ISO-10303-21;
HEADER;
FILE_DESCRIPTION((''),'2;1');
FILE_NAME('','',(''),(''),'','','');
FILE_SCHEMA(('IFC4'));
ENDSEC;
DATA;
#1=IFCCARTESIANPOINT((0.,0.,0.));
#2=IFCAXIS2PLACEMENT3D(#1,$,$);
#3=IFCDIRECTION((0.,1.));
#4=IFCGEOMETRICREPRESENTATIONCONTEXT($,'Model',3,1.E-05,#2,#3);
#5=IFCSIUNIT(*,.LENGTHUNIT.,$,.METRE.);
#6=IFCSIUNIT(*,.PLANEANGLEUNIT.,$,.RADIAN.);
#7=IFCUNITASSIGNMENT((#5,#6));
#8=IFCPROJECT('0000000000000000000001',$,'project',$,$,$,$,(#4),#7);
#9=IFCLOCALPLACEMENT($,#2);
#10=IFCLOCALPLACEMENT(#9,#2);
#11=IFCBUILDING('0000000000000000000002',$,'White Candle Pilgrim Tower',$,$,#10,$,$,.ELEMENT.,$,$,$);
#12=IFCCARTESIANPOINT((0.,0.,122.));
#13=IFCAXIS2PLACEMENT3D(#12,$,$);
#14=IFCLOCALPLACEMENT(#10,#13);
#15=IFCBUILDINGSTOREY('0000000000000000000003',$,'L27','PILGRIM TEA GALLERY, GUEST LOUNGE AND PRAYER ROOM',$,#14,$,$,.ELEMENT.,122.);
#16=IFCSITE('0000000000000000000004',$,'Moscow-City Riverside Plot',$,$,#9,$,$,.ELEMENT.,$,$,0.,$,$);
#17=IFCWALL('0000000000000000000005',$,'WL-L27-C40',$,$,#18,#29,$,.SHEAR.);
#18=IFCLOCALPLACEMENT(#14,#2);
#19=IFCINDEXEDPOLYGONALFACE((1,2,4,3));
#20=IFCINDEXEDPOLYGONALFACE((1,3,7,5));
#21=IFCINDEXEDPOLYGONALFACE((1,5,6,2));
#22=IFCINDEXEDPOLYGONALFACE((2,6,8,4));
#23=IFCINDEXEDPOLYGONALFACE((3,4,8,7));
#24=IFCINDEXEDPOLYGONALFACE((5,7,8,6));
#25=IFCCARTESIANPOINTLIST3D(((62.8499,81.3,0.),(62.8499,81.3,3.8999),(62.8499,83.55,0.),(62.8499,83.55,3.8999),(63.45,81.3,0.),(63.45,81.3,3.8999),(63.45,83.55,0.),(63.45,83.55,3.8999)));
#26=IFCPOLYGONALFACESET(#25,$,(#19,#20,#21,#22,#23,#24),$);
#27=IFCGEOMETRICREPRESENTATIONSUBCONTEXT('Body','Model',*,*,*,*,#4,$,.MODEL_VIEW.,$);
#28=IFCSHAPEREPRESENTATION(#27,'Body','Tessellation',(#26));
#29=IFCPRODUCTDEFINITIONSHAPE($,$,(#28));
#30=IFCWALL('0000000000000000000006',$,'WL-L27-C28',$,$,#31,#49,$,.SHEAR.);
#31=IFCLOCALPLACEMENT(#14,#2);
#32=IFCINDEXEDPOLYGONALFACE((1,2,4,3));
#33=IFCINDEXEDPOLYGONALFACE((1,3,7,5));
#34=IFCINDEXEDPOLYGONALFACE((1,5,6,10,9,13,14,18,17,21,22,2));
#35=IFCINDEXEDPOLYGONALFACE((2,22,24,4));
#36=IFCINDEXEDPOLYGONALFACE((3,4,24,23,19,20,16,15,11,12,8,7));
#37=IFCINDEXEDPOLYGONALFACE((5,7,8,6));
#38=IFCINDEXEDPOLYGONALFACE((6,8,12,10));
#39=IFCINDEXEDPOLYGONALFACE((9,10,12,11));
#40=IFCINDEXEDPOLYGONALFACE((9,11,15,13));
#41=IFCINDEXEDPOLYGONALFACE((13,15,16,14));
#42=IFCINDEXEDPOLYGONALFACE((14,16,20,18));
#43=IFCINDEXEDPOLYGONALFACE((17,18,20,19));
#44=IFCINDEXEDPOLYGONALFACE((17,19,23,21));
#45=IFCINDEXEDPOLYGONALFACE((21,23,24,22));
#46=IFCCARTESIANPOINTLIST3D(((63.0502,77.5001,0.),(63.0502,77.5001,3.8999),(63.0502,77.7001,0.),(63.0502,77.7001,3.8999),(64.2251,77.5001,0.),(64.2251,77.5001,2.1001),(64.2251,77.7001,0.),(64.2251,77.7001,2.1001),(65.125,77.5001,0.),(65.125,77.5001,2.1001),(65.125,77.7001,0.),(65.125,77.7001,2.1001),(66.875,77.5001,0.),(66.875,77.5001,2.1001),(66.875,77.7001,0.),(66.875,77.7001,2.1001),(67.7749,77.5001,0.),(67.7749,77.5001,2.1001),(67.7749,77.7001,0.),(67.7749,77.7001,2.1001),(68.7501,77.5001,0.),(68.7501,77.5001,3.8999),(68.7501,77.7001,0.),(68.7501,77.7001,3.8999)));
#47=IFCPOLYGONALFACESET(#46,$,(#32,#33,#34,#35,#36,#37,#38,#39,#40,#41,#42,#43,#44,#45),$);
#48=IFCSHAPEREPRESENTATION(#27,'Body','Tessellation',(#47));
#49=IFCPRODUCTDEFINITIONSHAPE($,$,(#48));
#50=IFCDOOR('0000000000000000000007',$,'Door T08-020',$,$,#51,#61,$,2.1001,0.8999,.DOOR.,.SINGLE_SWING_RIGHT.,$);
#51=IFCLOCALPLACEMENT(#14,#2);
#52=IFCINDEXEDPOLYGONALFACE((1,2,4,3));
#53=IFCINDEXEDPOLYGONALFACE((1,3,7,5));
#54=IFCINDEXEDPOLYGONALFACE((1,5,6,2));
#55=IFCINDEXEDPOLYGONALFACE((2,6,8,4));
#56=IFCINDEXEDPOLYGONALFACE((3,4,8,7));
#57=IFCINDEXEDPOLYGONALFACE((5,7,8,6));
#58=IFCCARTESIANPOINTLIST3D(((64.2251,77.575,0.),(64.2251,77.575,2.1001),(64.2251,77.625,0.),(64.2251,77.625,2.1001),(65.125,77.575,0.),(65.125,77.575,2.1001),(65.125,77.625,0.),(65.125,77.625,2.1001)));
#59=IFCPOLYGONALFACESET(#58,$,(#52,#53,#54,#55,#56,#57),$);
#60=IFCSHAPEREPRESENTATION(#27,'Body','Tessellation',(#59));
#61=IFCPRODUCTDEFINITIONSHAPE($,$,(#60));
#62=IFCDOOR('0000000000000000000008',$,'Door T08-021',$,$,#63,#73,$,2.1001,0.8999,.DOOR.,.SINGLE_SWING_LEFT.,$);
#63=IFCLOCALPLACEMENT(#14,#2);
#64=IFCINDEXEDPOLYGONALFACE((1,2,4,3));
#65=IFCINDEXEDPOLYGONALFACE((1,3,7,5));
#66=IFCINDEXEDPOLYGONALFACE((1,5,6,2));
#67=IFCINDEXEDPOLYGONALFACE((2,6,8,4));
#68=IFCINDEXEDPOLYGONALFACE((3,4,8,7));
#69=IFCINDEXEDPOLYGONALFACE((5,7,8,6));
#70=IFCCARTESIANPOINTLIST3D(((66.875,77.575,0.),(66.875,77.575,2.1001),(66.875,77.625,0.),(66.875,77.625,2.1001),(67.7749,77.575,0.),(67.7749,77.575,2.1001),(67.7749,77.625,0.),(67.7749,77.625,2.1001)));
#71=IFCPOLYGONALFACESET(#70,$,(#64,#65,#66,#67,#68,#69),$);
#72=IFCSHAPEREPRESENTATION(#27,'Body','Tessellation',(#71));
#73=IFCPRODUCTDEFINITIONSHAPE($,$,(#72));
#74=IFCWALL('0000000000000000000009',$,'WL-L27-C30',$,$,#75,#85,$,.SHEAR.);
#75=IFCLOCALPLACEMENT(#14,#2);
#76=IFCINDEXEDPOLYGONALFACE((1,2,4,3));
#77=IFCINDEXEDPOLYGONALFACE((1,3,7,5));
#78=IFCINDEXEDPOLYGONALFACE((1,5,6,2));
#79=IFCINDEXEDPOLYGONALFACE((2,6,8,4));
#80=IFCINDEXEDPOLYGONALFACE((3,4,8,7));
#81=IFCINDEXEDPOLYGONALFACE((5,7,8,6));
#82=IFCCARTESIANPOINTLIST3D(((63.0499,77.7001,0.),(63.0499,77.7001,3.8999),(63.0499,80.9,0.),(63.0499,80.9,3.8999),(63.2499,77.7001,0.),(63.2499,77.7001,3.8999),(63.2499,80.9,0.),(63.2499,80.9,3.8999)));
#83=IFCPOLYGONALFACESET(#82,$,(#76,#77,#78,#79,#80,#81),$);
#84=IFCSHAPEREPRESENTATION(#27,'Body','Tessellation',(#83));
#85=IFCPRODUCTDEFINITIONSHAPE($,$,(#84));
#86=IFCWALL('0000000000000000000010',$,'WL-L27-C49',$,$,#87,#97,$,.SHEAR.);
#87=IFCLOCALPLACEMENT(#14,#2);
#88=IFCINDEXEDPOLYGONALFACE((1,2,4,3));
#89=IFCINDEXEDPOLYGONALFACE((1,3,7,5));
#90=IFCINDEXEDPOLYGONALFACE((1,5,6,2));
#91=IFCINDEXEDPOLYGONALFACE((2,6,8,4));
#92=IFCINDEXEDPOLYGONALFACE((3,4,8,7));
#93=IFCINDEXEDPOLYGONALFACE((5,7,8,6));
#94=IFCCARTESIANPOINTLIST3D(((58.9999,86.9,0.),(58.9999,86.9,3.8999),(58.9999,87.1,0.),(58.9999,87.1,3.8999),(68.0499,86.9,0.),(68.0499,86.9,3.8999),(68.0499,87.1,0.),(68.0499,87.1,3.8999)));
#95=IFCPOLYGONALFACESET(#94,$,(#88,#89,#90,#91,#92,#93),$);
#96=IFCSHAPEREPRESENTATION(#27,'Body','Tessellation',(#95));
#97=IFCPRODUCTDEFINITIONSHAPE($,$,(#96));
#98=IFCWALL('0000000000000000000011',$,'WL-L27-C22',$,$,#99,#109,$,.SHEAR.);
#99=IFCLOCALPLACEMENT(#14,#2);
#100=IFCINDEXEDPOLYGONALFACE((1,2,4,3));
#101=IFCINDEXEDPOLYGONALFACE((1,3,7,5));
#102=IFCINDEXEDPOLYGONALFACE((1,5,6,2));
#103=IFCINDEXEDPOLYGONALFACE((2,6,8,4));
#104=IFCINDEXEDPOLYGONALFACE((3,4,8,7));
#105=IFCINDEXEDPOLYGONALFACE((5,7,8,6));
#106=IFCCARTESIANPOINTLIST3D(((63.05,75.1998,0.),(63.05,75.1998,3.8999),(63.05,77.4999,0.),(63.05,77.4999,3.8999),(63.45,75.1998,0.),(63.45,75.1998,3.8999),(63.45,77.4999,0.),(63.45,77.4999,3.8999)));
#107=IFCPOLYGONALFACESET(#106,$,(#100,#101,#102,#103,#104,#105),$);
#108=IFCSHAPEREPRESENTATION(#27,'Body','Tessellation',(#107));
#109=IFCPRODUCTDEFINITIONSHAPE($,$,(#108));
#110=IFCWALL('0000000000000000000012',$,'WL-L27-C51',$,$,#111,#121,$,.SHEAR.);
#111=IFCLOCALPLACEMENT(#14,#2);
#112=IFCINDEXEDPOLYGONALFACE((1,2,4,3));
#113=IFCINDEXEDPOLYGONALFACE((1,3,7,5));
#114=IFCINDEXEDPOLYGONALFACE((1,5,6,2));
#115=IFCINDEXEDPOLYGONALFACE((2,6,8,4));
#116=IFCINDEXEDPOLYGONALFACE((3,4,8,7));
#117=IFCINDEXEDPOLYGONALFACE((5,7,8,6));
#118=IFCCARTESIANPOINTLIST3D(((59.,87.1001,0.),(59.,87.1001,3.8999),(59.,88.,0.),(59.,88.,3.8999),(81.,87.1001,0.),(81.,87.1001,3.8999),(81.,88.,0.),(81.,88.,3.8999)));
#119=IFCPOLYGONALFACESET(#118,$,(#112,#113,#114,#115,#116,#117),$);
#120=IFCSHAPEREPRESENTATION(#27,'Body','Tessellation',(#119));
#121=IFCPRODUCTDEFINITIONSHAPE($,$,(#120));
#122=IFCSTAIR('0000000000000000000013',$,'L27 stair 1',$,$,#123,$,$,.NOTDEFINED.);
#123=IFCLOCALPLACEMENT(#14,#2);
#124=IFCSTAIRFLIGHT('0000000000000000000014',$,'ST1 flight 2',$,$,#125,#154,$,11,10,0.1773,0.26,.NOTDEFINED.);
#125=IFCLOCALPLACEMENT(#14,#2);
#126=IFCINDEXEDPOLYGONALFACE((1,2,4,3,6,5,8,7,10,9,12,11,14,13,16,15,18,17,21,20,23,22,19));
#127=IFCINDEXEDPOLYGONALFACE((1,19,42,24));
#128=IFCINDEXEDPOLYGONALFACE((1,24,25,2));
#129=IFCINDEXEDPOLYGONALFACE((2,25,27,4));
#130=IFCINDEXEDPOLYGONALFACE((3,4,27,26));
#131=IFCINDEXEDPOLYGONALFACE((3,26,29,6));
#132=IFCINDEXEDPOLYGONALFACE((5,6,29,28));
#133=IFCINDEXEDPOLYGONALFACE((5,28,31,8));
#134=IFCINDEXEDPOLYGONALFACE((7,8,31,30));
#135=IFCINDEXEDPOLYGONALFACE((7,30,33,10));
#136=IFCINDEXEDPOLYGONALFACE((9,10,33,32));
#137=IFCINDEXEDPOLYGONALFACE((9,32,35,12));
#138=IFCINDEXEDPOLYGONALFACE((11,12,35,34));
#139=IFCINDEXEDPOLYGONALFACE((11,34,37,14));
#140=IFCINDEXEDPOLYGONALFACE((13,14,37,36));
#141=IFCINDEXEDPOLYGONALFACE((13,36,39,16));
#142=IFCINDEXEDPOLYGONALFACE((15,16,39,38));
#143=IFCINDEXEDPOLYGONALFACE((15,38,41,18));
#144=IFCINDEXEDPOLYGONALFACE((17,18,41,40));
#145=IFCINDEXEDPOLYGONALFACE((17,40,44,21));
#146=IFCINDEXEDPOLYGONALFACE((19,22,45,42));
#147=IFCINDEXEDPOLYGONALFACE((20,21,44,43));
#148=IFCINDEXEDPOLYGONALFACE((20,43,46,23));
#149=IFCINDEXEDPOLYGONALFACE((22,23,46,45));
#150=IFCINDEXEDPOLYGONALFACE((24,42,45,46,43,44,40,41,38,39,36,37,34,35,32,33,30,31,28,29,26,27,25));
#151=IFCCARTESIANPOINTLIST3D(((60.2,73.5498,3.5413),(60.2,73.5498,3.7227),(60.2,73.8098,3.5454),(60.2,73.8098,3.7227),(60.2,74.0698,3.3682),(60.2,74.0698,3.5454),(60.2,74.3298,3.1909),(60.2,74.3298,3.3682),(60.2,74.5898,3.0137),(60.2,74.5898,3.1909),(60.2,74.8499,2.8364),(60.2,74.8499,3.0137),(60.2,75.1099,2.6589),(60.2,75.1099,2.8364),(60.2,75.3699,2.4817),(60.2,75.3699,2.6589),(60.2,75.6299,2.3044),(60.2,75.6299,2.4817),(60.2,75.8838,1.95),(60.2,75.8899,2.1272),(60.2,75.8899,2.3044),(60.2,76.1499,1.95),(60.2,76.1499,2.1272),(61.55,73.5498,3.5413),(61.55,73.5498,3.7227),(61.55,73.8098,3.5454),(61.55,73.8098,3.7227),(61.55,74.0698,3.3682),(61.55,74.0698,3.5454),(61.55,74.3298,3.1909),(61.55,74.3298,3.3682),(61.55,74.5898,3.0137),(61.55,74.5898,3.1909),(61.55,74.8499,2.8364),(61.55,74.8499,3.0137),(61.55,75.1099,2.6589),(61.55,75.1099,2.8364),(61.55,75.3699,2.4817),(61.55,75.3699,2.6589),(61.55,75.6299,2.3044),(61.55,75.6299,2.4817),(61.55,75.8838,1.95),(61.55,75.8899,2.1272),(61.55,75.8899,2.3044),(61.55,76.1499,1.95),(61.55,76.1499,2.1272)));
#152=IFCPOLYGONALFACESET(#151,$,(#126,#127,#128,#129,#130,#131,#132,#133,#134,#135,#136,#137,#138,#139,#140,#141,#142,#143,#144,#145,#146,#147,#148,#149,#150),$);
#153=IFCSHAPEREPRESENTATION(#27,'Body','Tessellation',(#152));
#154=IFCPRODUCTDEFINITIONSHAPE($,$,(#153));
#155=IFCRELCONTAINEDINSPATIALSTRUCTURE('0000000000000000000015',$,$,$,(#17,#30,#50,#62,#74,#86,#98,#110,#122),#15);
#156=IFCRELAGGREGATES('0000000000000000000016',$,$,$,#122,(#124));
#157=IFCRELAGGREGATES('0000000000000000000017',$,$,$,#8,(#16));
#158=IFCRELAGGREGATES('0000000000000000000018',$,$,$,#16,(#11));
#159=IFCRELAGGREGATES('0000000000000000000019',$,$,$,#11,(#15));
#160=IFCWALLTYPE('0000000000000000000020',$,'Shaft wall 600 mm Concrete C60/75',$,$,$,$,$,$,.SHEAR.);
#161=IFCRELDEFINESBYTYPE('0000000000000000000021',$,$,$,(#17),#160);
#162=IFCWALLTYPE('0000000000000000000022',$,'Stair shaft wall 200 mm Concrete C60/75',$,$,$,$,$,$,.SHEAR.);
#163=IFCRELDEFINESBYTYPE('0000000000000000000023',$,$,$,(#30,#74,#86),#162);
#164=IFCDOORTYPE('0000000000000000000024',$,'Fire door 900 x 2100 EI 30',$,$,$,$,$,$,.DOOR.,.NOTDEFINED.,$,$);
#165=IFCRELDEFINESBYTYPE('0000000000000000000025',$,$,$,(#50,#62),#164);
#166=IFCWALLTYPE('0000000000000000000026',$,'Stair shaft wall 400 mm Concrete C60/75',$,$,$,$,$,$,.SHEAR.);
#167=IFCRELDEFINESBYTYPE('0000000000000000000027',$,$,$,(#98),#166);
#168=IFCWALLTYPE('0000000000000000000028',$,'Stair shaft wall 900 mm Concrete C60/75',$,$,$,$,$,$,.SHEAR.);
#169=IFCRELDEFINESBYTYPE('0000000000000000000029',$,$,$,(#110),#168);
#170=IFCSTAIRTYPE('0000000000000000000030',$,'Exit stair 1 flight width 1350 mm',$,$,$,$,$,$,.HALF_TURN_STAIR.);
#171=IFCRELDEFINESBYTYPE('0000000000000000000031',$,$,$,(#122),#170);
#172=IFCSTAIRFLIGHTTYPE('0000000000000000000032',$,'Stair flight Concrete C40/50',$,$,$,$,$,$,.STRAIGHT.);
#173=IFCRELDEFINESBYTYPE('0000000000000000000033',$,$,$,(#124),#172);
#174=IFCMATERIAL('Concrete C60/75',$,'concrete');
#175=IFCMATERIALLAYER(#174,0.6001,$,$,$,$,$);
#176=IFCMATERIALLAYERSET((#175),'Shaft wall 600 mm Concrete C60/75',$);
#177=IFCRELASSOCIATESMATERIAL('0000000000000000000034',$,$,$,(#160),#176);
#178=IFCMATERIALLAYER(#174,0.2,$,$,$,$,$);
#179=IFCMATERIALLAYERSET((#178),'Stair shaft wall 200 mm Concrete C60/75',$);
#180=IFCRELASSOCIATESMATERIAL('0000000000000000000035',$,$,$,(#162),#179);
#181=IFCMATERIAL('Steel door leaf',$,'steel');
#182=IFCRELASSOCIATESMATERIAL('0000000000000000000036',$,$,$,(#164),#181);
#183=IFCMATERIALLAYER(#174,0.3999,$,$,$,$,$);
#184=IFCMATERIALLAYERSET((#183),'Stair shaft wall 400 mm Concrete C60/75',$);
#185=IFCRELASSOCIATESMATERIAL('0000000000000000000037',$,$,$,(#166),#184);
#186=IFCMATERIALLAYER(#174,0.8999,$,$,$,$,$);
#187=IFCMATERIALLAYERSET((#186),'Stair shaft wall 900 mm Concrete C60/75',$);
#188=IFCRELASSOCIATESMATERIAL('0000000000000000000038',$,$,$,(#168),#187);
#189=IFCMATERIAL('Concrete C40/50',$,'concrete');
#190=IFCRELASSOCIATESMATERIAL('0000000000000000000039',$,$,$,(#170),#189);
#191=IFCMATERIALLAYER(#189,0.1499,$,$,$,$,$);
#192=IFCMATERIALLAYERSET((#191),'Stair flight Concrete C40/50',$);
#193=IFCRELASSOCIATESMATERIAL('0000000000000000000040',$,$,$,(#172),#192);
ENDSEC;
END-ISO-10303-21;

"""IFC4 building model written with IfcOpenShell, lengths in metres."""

from ifc_helpers import new_model, si_unit, direction, frame, frame_2d, origin, place, context, subcontext, project, spatial, polyline, rectangle, outline, extrude, material, layer, layer_set, type_object, element, fill, aggregate, save


model = new_model("IFC4")

# Units and contexts
model_context = context("Model", 3, precision=1e-05, world=origin(), true_north=direction((0.0, 1.0)))
body_context = subcontext(model_context, "Body", "Model", "MODEL_VIEW")
ifc_project = project(units=[si_unit("LENGTHUNIT", "METRE"), si_unit("PLANEANGLEUNIT", "RADIAN")], contexts=[model_context])

# Site, building, storey
site_placement = place(None, origin())
site = spatial("IfcSite", under=ifc_project, at=site_placement, Name="Moscow-City Riverside Plot", CompositionType="ELEMENT", RefElevation=0.0)
building_placement = place(site_placement, origin())
building = spatial("IfcBuilding", under=site, at=building_placement, Name="White Candle Pilgrim Tower", CompositionType="ELEMENT")
storey_placement = place(building_placement, frame((0.0, 0.0, 122.0)))
storey = spatial("IfcBuildingStorey", under=building, at=storey_placement, Name="L27", Description="PILGRIM TEA GALLERY, GUEST LOUNGE AND PRAYER ROOM", CompositionType="ELEMENT", Elevation=122.0)

# Shared definitions
ifc_material_1 = material(Name="Concrete C60/75", Category="concrete")
ifc_material_2 = material(Name="Steel door leaf", Category="steel")

# Wall
ifc_layer_1 = layer(ifc_material_1, 0.6001)
ifc_layer_set_1 = layer_set([ifc_layer_1], Name="Shaft wall 600 mm Concrete C60/75")
wall_type_1 = type_object("IfcWallType", Name="Shaft wall 600 mm Concrete C60/75", PredefinedType="SHEAR", material=ifc_layer_set_1)
wall_1_placement = place(storey_placement, frame((63.1499, 81.3, 0.0), z_axis=(0.0, 0.0, 1.0), x_axis=(0.0, 1.0, 0.0)))
element("IfcWall", 1, at=wall_1_placement, inside=storey, type_object=wall_type_1, Name="WL-L27-C40", PredefinedType="SHEAR", context=body_context, shape_type="SweptSolid", body=[
    extrude(rectangle(XDim=2.25, YDim=0.6001, at=frame_2d((1.125, 0.0))), origin(), (0.0, 0.0, 1.0), 3.8999),
])

# Wall, openings, doors
ifc_layer_2 = layer(ifc_material_1, 0.2)
ifc_layer_set_2 = layer_set([ifc_layer_2], Name="Stair shaft wall 200 mm Concrete C60/75")
wall_type_2 = type_object("IfcWallType", Name="Stair shaft wall 200 mm Concrete C60/75", PredefinedType="SHEAR", material=ifc_layer_set_2)
wall_2_placement = place(storey_placement, frame((63.05, 77.6001, 0.0), z_axis=(0.0, 0.0, 1.0), x_axis=(1.0, 0.0, 0.0)))
wall_2 = element("IfcWall", 2, at=wall_2_placement, inside=storey, type_object=wall_type_2, Name="WL-L27-C28", PredefinedType="SHEAR", context=body_context, shape_type="SweptSolid", body=[
    extrude(rectangle(XDim=5.7, YDim=0.2, at=frame_2d((2.8501, 0.0))), origin(), (0.0, 0.0, 1.0), 3.8999),
])
opening_1_placement = place(wall_2_placement, frame((1.175, 0.0, 0.0)))
opening_1 = element("IfcOpeningElement", 3, at=opening_1_placement, cuts=wall_2, PredefinedType="OPENING", context=body_context, shape_type="SweptSolid", body=[
    extrude(rectangle(XDim=0.8999, YDim=2.1001, at=frame_2d((0.45, 1.05))), frame((0.0, 0.1099, 0.0), z_axis=(0.0, -1.0, 0.0), x_axis=(1.0, 0.0, 0.0)), (0.0, 0.0, 1.0), 0.22),
])
opening_2_placement = place(wall_2_placement, frame((3.825, 0.0, 0.0)))
opening_2 = element("IfcOpeningElement", 4, at=opening_2_placement, cuts=wall_2, PredefinedType="OPENING", context=body_context, shape_type="SweptSolid", body=[
    extrude(rectangle(XDim=0.8999, YDim=2.1001, at=frame_2d((0.45, 1.05))), frame((0.0, 0.1099, 0.0), z_axis=(0.0, -1.0, 0.0), x_axis=(1.0, 0.0, 0.0)), (0.0, 0.0, 1.0), 0.22),
])
door_type_1 = type_object("IfcDoorType", Name="Fire door 900 x 2100 EI 30", OperationType="NOTDEFINED", PredefinedType="DOOR", material=ifc_material_2)
door_1_placement = place(opening_1_placement, origin())
door_1 = element("IfcDoor", 5, at=door_1_placement, inside=storey, type_object=door_type_1, Name="Door T08-020", OperationType="SINGLE_SWING_RIGHT", OverallHeight=2.1001, OverallWidth=0.8999, PredefinedType="DOOR", context=body_context, shape_type="SweptSolid", body=[
    extrude(rectangle(XDim=0.8999, YDim=2.1001, at=frame_2d((0.45, 1.05))), frame((0.0, 0.0249, 0.0), z_axis=(0.0, -1.0, 0.0), x_axis=(1.0, 0.0, 0.0)), (0.0, 0.0, 1.0), 0.05),
])
fill(opening_1, door_1)
door_2_placement = place(opening_2_placement, origin())
door_2 = element("IfcDoor", 6, at=door_2_placement, inside=storey, type_object=door_type_1, Name="Door T08-021", OperationType="SINGLE_SWING_LEFT", OverallHeight=2.1001, OverallWidth=0.8999, PredefinedType="DOOR", context=body_context, shape_type="SweptSolid", body=[
    extrude(rectangle(XDim=0.8999, YDim=2.1001, at=frame_2d((0.45, 1.05))), frame((0.0, 0.0249, 0.0), z_axis=(0.0, -1.0, 0.0), x_axis=(1.0, 0.0, 0.0)), (0.0, 0.0, 1.0), 0.05),
])
fill(opening_2, door_2)

# Walls
wall_3_placement = place(storey_placement, frame((63.1499, 77.7, 0.0), z_axis=(0.0, 0.0, 1.0), x_axis=(0.0, 1.0, 0.0)))
element("IfcWall", 7, at=wall_3_placement, inside=storey, type_object=wall_type_2, Name="WL-L27-C30", PredefinedType="SHEAR", context=body_context, shape_type="SweptSolid", body=[
    extrude(rectangle(XDim=3.2, YDim=0.2, at=frame_2d((1.6001, 0.0))), origin(), (0.0, 0.0, 1.0), 3.8999),
])
wall_4_placement = place(storey_placement, frame((59.0, 87.0, 0.0), z_axis=(0.0, 0.0, 1.0), x_axis=(1.0, 0.0, 0.0)))
element("IfcWall", 8, at=wall_4_placement, inside=storey, type_object=wall_type_2, Name="WL-L27-C49", PredefinedType="SHEAR", context=body_context, shape_type="SweptSolid", body=[
    extrude(rectangle(XDim=9.05, YDim=0.2, at=frame_2d((4.5249, 0.0))), origin(), (0.0, 0.0, 1.0), 3.8999),
])
ifc_layer_3 = layer(ifc_material_1, 0.3999)
ifc_layer_set_3 = layer_set([ifc_layer_3], Name="Stair shaft wall 400 mm Concrete C60/75")
wall_type_3 = type_object("IfcWallType", Name="Stair shaft wall 400 mm Concrete C60/75", PredefinedType="SHEAR", material=ifc_layer_set_3)
wall_5_placement = place(storey_placement, frame((63.25, 75.2, 0.0), z_axis=(0.0, 0.0, 1.0), x_axis=(0.0, 1.0, 0.0)))
element("IfcWall", 9, at=wall_5_placement, inside=storey, type_object=wall_type_3, Name="WL-L27-C22", PredefinedType="SHEAR", context=body_context, shape_type="SweptSolid", body=[
    extrude(rectangle(XDim=2.3, YDim=0.3999, at=frame_2d((1.1499, 0.0))), origin(), (0.0, 0.0, 1.0), 3.8999),
])
ifc_layer_4 = layer(ifc_material_1, 0.8999)
ifc_layer_set_4 = layer_set([ifc_layer_4], Name="Stair shaft wall 900 mm Concrete C60/75")
wall_type_4 = type_object("IfcWallType", Name="Stair shaft wall 900 mm Concrete C60/75", PredefinedType="SHEAR", material=ifc_layer_set_4)
wall_6_placement = place(storey_placement, frame((59.0, 87.55, 0.0), z_axis=(0.0, 0.0, 1.0), x_axis=(1.0, 0.0, 0.0)))
element("IfcWall", 10, at=wall_6_placement, inside=storey, type_object=wall_type_4, Name="WL-L27-C51", PredefinedType="SHEAR", context=body_context, shape_type="SweptSolid", body=[
    extrude(rectangle(XDim=22.0, YDim=0.8999, at=frame_2d((11.0, 0.0))), origin(), (0.0, 0.0, 1.0), 3.8999),
])

# Stair, stair flight
ifc_material_3 = material(Name="Concrete C40/50", Category="concrete")
stair_type = type_object("IfcStairType", Name="Exit stair 1 flight width 1350 mm", PredefinedType="HALF_TURN_STAIR", material=ifc_material_3)
stair_placement = place(storey_placement, origin())
stair = element("IfcStair", 11, at=stair_placement, inside=storey, type_object=stair_type, Name="L27 stair 1", PredefinedType="NOTDEFINED")
ifc_layer_5 = layer(ifc_material_3, 0.1499)
ifc_layer_set_5 = layer_set([ifc_layer_5], Name="Stair flight Concrete C40/50")
stair_flight_type = type_object("IfcStairFlightType", Name="Stair flight Concrete C40/50", PredefinedType="STRAIGHT", material=ifc_layer_set_5)
stair_flight_placement = place(storey_placement, frame((60.875, 76.1499, 1.95), z_axis=(0.0, 0.0, 1.0), x_axis=(0.0, -1.0, 0.0)))
stair_flight = element("IfcStairFlight", 12, at=stair_flight_placement, type_object=stair_flight_type, Name="ST1 flight 2", NumberOfRisers=11, NumberOfTreads=10, PredefinedType="NOTDEFINED", RiserHeight=0.1773, TreadLength=0.26, context=body_context, shape_type="SweptSolid", body=[
    extrude(outline(polyline([(0.0, 0.0), (0.0, 0.1772), (0.26, 0.1772), (0.26, 0.3545), (0.52, 0.3545), (0.52, 0.5317), (0.78, 0.5317), (0.78, 0.709), (1.04, 0.709), (1.04, 0.8865), (1.3, 0.8865), (1.3, 1.0637), (1.5601, 1.0637), (1.5601, 1.241), (1.8201, 1.241), (1.8201, 1.4182), (2.0801, 1.4182), (2.0801, 1.5955), (2.3401, 1.5955), (2.3401, 1.7727), (2.6001, 1.7727), (2.6001, 1.95), (2.6001, 1.5913), (0.2661, 0.0), (0.0, 0.0)])), frame((0.0, 0.675, 0.0), z_axis=(0.0, -1.0, 0.0), x_axis=(1.0, 0.0, 0.0)), (0.0, 0.0, 1.0), 1.3501),
])
aggregate(stair, [stair_flight])

save(model, "model.ifc")
